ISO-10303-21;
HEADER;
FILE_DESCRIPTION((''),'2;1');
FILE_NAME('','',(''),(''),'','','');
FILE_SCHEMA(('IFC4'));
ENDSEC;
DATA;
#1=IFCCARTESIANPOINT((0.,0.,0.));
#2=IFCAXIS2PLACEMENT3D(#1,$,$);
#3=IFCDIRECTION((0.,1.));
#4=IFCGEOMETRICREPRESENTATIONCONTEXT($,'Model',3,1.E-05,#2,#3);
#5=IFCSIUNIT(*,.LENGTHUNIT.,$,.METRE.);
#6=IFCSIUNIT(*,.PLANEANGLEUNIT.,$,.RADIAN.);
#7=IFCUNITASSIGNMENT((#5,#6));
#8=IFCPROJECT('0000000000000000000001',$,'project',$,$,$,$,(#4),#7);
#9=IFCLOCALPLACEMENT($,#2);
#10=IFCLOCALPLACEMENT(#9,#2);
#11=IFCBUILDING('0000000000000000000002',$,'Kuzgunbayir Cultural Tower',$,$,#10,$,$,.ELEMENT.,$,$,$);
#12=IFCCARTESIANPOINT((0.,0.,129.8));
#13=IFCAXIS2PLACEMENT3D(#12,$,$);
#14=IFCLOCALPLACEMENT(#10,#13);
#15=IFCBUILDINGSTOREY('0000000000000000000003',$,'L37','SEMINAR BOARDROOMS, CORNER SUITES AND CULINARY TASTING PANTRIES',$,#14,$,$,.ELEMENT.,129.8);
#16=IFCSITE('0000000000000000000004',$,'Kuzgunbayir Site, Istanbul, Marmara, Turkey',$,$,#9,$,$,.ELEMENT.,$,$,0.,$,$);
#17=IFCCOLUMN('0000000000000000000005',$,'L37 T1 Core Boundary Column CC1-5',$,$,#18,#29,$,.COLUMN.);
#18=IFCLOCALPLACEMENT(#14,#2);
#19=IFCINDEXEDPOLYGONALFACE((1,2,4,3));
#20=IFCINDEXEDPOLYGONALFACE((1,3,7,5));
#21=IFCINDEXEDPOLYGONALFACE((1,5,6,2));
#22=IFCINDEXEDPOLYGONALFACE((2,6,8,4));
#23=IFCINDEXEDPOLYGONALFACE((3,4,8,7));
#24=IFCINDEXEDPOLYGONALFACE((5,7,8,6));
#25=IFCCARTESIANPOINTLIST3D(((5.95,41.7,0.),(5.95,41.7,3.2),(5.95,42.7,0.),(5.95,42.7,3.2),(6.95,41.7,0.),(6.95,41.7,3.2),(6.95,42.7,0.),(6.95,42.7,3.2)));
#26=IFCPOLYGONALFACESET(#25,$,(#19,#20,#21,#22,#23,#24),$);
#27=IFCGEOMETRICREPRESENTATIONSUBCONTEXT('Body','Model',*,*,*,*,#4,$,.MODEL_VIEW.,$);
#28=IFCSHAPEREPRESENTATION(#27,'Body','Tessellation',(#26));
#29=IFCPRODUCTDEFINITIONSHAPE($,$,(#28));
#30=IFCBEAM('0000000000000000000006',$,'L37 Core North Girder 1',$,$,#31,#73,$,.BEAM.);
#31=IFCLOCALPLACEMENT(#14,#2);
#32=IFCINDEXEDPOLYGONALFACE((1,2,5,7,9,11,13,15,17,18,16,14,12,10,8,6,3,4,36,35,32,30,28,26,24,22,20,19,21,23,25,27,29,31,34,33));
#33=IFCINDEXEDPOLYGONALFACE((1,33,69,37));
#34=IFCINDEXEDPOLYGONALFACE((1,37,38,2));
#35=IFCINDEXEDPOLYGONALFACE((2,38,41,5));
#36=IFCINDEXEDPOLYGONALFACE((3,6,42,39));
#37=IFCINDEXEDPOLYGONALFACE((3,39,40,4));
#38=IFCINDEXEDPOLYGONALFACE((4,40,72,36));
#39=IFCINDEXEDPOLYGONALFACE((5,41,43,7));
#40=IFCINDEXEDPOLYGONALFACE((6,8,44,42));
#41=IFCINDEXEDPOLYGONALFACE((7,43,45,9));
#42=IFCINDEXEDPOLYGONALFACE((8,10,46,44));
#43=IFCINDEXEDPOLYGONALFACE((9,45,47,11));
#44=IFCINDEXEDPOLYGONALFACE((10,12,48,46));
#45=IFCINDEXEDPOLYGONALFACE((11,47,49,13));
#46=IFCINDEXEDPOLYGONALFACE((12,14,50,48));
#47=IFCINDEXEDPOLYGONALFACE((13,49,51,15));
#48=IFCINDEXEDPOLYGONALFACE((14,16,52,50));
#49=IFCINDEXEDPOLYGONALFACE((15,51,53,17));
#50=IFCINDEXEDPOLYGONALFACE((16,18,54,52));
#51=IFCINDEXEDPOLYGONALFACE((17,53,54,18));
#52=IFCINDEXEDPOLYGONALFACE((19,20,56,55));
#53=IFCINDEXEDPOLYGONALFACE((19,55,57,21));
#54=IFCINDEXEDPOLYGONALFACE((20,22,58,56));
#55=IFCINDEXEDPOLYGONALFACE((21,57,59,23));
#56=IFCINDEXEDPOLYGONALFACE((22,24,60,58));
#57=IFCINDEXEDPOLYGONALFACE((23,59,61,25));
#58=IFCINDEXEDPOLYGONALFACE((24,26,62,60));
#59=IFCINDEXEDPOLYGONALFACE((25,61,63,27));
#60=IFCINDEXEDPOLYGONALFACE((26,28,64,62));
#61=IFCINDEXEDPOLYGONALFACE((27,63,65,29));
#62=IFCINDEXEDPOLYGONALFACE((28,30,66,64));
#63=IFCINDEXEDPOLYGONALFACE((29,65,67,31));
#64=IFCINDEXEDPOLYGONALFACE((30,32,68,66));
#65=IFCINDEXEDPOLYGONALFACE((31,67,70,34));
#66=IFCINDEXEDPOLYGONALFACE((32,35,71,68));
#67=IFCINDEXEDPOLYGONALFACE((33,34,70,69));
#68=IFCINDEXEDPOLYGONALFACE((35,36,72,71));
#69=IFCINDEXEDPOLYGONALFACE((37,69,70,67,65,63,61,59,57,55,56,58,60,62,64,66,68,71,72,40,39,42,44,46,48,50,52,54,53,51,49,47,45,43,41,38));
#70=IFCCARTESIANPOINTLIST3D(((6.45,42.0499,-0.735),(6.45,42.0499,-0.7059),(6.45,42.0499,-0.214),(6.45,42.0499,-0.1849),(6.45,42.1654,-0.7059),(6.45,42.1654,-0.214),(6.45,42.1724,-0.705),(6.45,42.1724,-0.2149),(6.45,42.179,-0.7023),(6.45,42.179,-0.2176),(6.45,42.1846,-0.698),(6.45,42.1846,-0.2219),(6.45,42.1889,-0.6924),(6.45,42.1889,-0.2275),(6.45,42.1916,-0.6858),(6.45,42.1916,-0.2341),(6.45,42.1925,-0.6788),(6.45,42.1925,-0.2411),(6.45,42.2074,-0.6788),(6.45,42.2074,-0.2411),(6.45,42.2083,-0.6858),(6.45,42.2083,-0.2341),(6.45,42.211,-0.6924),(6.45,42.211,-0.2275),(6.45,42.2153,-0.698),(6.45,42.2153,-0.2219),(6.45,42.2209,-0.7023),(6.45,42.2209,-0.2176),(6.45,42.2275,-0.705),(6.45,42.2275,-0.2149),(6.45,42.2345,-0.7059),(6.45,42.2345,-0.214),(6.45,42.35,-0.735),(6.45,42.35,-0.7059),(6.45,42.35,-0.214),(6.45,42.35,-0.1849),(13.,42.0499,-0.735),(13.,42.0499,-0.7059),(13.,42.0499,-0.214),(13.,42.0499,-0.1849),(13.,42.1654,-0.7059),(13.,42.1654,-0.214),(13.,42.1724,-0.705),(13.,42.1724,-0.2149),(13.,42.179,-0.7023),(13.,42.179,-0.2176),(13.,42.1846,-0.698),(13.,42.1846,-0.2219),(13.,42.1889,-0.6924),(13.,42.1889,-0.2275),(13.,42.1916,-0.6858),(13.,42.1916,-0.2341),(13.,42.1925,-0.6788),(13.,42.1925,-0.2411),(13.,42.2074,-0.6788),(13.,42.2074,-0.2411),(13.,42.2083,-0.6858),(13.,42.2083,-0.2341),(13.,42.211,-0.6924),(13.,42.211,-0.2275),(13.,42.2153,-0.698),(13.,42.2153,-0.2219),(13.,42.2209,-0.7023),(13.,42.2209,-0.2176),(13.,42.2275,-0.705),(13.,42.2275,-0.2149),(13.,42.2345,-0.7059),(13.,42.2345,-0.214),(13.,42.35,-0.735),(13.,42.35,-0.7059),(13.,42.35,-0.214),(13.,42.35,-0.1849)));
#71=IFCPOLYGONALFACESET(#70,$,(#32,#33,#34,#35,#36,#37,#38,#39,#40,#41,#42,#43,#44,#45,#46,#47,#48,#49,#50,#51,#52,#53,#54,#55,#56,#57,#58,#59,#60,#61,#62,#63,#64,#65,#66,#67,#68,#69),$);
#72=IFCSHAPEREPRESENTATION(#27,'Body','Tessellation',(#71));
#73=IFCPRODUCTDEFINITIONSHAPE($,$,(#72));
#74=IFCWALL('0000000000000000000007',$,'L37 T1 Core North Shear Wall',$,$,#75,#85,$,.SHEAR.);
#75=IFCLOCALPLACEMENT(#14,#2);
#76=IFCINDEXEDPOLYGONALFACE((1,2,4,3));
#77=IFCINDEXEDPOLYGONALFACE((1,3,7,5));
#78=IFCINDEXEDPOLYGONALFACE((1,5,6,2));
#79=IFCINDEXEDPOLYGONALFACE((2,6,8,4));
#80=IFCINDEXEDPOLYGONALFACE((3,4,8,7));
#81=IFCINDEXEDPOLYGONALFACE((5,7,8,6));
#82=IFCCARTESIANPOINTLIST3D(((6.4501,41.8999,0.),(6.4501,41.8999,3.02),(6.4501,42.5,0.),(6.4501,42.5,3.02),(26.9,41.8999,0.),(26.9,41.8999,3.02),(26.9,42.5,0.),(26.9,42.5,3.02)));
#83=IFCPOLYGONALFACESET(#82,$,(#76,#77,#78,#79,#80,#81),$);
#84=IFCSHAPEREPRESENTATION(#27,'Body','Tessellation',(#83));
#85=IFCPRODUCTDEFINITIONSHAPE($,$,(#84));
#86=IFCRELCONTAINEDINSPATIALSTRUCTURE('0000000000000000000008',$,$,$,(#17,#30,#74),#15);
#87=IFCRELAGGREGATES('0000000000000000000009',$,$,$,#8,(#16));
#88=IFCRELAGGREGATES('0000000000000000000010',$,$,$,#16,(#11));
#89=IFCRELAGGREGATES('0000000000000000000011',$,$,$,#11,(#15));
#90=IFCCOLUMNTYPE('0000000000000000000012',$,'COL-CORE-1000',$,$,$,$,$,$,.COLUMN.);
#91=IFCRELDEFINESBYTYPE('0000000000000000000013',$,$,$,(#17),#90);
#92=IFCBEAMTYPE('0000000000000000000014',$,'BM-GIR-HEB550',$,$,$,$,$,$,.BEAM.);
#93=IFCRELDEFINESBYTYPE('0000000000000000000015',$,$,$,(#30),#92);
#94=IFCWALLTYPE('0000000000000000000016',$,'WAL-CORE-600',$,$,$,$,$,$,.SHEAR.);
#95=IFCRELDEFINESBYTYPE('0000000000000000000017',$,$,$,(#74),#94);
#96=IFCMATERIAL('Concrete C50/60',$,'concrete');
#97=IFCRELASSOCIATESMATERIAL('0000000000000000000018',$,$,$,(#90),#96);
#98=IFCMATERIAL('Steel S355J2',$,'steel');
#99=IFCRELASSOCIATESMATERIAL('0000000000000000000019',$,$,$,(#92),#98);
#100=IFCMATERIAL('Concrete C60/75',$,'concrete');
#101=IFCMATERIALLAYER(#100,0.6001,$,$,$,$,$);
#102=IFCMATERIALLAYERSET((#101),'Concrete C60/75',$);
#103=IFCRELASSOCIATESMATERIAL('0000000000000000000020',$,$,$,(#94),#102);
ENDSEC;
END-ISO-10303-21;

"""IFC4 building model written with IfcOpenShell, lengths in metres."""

from ifc_helpers import new_model, si_unit, direction, frame, frame_2d, origin, origin_2d, place, context, subcontext, project, spatial, rectangle, i_section, extrude, material, layer, layer_set, material_profile, profile_set, type_object, element, save


model = new_model("IFC4")

# Units and contexts
model_context = context("Model", 3, precision=1e-05, world=origin(), true_north=direction((0.0, 1.0)))
body_context = subcontext(model_context, "Body", "Model", "MODEL_VIEW")
ifc_project = project(units=[si_unit("LENGTHUNIT", "METRE"), si_unit("PLANEANGLEUNIT", "RADIAN")], contexts=[model_context])

# Site, building, storey
site_placement = place(None, origin())
site = spatial("IfcSite", under=ifc_project, at=site_placement, Name="Kuzgunbayir Site, Istanbul, Marmara, Turkey", CompositionType="ELEMENT", RefElevation=0.0)
building_placement = place(site_placement, origin())
building = spatial("IfcBuilding", under=site, at=building_placement, Name="Kuzgunbayir Cultural Tower", CompositionType="ELEMENT")
storey_placement = place(building_placement, frame((0.0, 0.0, 129.8)))
storey = spatial("IfcBuildingStorey", under=building, at=storey_placement, Name="L37", Description="SEMINAR BOARDROOMS, CORNER SUITES AND CULINARY TASTING PANTRIES", CompositionType="ELEMENT", Elevation=129.8)

# Column
ifc_material_1 = material(Name="Concrete C50/60", Category="concrete")
ifc_material_profile_1 = material_profile(ifc_material_1, rectangle(XDim=1.0, YDim=1.0, at=origin_2d()), Name="RC 1000x1000")
ifc_profile_set_1 = profile_set([ifc_material_profile_1], Name="Concrete C50/60")
column_type = type_object("IfcColumnType", Name="COL-CORE-1000", PredefinedType="COLUMN", material=ifc_profile_set_1)
column_placement = place(storey_placement, frame((6.45, 42.2, 0.0), z_axis=(0.0, 0.0, 1.0), x_axis=(1.0, 0.0, 0.0)))
element("IfcColumn", 1, at=column_placement, inside=storey, type_object=column_type, Name="L37 T1 Core Boundary Column CC1-5", PredefinedType="COLUMN", context=body_context, shape_type="SweptSolid", body=[
    extrude(rectangle(XDim=1.0, YDim=1.0, at=origin_2d()), origin(), (0.0, 0.0, 1.0), 3.2),
])

# Beam
ifc_material_2 = material(Name="Steel S355J2", Category="steel")
ifc_material_profile_2 = material_profile(ifc_material_2, i_section(OverallWidth=0.3, OverallDepth=0.55, WebThickness=0.0149, FlangeThickness=0.0291, FilletRadius=0.0271, at=origin_2d()), Name="HEB 550")
ifc_profile_set_2 = profile_set([ifc_material_profile_2], Name="Steel S355J2")
beam_type = type_object("IfcBeamType", Name="BM-GIR-HEB550", PredefinedType="BEAM", material=ifc_profile_set_2)
beam_placement = place(storey_placement, frame((6.45, 42.2, -0.46), z_axis=(1.0, 0.0, 0.0), x_axis=(0.0, 1.0, 0.0)))
element("IfcBeam", 2, at=beam_placement, inside=storey, type_object=beam_type, Name="L37 Core North Girder 1", PredefinedType="BEAM", context=body_context, shape_type="SweptSolid", body=[
    extrude(i_section(OverallWidth=0.3, OverallDepth=0.55, WebThickness=0.0149, FlangeThickness=0.0291, FilletRadius=0.0271, at=origin_2d()), origin(), (0.0, 0.0, 1.0), 6.55),
])

# Wall
ifc_material_3 = material(Name="Concrete C60/75", Category="concrete")
ifc_layer_1 = layer(ifc_material_3, 0.6001)
ifc_layer_set_1 = layer_set([ifc_layer_1], Name="Concrete C60/75")
wall_type_1 = type_object("IfcWallType", Name="WAL-CORE-600", PredefinedType="SHEAR", material=ifc_layer_set_1)
wall_1_placement = place(storey_placement, frame((6.45, 42.2, 0.0), z_axis=(0.0, 0.0, 1.0), x_axis=(1.0, 0.0, 0.0)))
element("IfcWall", 3, at=wall_1_placement, inside=storey, type_object=wall_type_1, Name="L37 T1 Core North Shear Wall", PredefinedType="SHEAR", context=body_context, shape_type="SweptSolid", body=[
    extrude(rectangle(XDim=20.45, YDim=0.6001, at=frame_2d((10.2251, 0.0))), origin(), (0.0, 0.0, 1.0), 3.02),
])

save(model, "model.ifc")
